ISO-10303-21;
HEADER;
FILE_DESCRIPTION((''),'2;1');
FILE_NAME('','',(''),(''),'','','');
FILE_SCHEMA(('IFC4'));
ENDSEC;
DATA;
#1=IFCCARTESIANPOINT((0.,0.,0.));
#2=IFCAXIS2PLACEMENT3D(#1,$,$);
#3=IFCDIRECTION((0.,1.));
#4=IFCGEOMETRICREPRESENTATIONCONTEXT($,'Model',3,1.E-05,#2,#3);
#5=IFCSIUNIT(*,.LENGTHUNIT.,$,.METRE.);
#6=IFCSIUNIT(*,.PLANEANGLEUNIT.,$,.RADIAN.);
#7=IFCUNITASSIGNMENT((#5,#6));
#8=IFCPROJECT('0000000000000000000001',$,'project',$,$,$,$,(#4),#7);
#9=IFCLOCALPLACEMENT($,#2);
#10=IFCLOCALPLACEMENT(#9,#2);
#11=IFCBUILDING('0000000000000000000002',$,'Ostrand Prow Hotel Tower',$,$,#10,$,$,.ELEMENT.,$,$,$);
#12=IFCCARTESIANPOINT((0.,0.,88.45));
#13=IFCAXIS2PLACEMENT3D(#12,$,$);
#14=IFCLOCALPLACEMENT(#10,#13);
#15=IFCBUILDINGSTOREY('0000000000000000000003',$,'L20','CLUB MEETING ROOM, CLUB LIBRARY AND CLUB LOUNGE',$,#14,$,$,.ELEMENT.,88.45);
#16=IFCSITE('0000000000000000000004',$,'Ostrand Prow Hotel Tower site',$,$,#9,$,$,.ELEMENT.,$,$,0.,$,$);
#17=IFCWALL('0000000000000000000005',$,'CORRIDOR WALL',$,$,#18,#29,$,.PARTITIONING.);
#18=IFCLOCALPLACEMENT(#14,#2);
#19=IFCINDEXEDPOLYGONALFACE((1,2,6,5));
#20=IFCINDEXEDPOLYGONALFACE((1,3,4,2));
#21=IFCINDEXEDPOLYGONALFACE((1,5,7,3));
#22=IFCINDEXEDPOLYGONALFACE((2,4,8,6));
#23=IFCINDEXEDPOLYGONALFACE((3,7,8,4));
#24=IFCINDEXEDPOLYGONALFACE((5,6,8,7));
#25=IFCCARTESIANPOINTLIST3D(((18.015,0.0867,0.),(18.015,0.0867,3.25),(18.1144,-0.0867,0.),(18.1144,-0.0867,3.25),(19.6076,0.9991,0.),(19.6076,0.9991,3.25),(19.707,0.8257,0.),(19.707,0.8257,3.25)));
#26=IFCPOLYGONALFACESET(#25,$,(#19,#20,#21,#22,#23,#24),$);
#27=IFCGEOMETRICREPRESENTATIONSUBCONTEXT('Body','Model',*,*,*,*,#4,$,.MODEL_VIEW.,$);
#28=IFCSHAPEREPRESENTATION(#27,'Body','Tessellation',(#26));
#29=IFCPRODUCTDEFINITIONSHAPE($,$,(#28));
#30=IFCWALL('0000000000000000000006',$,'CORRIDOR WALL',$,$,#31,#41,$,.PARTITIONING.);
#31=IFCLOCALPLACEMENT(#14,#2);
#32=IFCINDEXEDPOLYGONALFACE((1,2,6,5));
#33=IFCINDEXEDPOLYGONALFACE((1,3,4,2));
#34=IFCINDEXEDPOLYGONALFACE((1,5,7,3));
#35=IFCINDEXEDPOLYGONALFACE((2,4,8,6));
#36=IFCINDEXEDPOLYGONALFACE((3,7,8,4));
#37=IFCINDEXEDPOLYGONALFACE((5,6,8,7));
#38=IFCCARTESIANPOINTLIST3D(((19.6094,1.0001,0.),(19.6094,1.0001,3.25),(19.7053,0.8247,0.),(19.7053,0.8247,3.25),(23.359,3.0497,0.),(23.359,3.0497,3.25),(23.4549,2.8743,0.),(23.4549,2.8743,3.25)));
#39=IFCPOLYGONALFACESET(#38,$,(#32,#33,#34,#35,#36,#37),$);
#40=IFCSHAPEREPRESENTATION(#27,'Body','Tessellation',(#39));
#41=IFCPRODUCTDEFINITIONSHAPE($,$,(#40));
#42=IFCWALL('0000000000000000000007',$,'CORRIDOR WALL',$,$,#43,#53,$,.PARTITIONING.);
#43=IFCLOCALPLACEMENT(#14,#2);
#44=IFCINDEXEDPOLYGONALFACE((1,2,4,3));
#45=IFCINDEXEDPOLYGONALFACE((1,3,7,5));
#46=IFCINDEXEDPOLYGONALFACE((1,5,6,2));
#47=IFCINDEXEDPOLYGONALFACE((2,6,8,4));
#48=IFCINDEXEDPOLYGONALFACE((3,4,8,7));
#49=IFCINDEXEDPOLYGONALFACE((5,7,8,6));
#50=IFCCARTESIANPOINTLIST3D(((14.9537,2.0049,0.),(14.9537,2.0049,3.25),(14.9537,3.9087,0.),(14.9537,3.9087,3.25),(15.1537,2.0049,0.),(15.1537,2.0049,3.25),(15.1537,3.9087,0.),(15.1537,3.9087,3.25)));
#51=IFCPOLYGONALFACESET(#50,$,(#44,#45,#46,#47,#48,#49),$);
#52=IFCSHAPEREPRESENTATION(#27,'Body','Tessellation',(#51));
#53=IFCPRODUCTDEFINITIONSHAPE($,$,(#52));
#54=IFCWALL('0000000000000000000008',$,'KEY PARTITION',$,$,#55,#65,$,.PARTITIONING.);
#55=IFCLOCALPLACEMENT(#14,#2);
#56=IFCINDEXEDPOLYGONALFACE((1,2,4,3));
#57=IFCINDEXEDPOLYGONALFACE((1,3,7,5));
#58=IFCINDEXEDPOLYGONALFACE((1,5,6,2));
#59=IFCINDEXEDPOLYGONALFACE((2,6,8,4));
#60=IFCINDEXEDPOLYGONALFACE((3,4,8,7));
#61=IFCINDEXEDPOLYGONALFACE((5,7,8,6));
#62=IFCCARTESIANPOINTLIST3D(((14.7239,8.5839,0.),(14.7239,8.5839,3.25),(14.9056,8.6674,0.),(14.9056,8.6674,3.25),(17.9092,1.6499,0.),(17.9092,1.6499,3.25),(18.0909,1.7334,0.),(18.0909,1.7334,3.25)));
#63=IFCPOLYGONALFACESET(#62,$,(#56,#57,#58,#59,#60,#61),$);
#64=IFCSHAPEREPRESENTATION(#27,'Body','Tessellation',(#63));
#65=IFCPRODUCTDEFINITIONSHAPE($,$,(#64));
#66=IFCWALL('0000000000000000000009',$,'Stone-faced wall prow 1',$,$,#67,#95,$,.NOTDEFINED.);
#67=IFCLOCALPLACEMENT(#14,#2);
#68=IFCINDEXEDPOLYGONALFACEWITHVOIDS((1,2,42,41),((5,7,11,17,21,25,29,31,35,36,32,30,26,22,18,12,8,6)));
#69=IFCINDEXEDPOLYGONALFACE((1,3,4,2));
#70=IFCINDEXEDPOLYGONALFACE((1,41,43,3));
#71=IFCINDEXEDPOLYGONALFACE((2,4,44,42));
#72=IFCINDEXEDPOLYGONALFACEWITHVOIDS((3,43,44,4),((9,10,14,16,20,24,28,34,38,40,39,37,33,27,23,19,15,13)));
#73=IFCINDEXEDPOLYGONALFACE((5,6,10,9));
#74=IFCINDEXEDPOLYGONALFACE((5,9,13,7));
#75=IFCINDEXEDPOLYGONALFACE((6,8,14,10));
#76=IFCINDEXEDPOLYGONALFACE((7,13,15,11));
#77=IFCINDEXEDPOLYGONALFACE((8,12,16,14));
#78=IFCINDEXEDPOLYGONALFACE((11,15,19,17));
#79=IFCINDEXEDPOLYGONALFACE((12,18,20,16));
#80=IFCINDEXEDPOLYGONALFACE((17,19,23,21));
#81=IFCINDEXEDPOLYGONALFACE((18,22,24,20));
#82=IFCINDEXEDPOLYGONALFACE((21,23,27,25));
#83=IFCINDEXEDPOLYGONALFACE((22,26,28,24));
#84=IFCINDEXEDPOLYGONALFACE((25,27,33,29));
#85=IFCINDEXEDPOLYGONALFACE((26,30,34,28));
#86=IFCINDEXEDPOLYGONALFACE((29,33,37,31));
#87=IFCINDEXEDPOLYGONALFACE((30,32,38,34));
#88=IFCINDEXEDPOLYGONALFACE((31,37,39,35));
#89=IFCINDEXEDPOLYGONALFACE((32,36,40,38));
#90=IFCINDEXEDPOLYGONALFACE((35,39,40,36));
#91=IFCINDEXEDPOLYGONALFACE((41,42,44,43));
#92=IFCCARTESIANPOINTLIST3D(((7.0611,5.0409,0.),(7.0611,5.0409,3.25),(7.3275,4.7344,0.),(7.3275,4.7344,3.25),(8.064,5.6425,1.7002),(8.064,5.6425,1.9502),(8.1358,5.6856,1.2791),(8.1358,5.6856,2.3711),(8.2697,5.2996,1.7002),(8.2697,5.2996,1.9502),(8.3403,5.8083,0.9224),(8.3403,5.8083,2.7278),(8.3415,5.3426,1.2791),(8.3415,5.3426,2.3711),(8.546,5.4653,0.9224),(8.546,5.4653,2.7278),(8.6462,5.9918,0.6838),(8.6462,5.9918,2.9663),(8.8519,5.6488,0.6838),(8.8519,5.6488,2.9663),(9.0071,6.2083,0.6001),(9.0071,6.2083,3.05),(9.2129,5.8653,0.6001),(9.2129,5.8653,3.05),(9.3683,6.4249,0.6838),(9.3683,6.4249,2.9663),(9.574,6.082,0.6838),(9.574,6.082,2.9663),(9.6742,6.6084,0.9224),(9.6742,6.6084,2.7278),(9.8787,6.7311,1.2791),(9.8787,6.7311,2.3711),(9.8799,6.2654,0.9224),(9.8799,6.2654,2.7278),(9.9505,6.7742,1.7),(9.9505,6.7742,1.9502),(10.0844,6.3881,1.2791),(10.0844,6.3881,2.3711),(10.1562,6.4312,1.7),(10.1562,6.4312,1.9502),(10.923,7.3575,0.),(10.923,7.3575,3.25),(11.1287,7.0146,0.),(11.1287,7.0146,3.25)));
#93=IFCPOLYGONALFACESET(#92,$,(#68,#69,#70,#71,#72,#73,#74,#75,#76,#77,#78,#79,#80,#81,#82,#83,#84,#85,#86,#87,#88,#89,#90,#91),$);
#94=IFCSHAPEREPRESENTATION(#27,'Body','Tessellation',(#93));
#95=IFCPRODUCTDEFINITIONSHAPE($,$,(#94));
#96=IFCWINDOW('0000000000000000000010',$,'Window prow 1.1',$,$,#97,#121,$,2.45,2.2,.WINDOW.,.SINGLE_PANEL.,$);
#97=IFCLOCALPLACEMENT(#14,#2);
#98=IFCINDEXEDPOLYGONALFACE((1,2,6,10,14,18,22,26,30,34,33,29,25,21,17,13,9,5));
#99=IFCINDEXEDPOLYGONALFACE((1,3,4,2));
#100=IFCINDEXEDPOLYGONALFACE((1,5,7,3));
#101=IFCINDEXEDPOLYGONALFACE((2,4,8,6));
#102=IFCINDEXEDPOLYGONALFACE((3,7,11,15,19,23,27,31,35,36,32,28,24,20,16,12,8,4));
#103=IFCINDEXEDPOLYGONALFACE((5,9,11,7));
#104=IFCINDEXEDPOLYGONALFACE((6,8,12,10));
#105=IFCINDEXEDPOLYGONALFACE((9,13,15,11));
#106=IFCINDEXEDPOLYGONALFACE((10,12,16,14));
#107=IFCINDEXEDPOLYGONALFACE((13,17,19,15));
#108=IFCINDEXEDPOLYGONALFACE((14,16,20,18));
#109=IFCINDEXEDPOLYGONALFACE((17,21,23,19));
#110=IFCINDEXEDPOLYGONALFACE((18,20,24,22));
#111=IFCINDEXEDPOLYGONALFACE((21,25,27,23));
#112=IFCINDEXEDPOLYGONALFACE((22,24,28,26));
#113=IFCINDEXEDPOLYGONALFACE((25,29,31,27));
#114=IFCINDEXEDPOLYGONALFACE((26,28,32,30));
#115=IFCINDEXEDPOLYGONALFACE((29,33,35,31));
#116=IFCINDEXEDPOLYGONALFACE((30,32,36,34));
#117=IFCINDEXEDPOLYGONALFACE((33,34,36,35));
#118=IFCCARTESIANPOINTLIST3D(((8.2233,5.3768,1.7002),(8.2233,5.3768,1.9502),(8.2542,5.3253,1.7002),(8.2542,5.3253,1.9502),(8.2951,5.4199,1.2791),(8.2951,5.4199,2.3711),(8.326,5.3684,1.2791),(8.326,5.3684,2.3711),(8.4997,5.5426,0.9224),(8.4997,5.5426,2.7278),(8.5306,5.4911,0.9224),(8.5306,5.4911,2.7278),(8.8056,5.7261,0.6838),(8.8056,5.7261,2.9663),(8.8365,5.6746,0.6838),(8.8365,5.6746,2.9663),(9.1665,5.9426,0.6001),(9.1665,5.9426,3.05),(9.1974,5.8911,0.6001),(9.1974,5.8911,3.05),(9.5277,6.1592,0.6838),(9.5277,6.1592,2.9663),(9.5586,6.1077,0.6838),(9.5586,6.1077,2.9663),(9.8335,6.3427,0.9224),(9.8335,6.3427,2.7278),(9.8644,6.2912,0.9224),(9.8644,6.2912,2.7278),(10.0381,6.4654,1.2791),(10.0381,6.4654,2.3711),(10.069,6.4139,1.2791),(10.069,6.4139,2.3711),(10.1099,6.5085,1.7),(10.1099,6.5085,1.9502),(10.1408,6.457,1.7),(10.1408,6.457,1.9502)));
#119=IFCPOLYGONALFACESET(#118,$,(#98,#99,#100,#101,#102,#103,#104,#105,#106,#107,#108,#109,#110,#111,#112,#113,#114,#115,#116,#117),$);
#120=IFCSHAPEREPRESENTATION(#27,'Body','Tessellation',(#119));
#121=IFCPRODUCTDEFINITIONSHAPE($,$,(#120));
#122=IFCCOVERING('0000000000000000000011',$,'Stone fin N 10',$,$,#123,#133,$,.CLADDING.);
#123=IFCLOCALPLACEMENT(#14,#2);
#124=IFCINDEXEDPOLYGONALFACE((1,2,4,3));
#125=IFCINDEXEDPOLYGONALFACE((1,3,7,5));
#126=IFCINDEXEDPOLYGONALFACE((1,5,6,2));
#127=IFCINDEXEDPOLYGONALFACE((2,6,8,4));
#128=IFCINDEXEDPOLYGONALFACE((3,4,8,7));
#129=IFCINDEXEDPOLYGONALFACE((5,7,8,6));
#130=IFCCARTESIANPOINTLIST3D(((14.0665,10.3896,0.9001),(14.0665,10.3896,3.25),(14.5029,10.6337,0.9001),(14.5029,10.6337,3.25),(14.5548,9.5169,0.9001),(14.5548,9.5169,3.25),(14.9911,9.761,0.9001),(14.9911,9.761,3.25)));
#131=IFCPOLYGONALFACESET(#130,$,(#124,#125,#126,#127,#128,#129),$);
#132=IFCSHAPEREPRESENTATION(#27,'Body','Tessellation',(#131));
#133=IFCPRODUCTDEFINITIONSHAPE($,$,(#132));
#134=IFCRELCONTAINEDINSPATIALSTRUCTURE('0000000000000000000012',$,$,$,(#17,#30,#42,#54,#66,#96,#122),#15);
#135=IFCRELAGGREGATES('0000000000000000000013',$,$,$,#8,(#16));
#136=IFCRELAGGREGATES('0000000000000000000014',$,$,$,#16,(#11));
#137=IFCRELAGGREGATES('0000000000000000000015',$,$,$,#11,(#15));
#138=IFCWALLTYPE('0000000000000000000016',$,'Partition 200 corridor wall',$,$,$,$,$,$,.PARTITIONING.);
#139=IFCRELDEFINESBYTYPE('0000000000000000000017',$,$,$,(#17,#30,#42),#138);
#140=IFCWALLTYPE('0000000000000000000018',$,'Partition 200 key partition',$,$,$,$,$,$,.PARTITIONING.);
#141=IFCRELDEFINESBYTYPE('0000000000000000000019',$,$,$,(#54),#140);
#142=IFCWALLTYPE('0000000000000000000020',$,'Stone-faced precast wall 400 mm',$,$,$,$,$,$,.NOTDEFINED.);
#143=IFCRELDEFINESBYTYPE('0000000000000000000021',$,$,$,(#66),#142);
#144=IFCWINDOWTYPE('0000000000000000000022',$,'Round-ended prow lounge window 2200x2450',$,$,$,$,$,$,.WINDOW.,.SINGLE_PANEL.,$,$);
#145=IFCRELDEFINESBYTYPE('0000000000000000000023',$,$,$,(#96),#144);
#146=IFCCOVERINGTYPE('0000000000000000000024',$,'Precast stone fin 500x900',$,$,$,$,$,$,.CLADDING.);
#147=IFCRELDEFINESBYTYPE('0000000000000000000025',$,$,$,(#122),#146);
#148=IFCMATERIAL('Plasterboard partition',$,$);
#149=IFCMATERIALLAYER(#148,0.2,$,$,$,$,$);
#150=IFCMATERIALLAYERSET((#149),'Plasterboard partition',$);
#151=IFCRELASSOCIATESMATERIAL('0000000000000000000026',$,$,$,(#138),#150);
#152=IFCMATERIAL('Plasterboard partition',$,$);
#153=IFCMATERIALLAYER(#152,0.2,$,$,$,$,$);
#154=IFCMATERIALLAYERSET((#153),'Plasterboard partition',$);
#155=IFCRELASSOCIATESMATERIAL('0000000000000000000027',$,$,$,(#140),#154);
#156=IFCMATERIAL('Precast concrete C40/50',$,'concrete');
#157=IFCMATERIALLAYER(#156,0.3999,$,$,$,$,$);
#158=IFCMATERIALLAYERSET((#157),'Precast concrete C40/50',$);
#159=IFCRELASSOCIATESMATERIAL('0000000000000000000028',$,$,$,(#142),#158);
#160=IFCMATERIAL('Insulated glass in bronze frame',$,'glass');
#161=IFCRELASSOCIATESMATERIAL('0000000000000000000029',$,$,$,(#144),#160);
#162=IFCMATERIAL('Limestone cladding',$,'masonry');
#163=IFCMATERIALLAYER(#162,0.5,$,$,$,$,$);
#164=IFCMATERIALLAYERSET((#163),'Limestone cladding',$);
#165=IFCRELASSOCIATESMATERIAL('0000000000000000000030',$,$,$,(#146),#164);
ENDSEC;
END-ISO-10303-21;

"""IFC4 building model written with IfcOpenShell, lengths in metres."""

from ifc_helpers import new_model, si_unit, direction, frame, frame_2d, origin, place, context, subcontext, project, spatial, polyline, rectangle, outline, extrude, material, layer, layer_set, type_object, element, fill, save


model = new_model("IFC4")

# Units and contexts
model_context = context("Model", 3, precision=1e-05, world=origin(), true_north=direction((0.0, 1.0)))
body_context = subcontext(model_context, "Body", "Model", "MODEL_VIEW")
ifc_project = project(units=[si_unit("LENGTHUNIT", "METRE"), si_unit("PLANEANGLEUNIT", "RADIAN")], contexts=[model_context])

# Site, building, storey
site_placement = place(None, origin())
site = spatial("IfcSite", under=ifc_project, at=site_placement, Name="Ostrand Prow Hotel Tower site", CompositionType="ELEMENT", RefElevation=0.0)
building_placement = place(site_placement, origin())
building = spatial("IfcBuilding", under=site, at=building_placement, Name="Ostrand Prow Hotel Tower", CompositionType="ELEMENT")
storey_placement = place(building_placement, frame((0.0, 0.0, 88.45)))
storey = spatial("IfcBuildingStorey", under=building, at=storey_placement, Name="L20", Description="CLUB MEETING ROOM, CLUB LIBRARY AND CLUB LOUNGE", CompositionType="ELEMENT", Elevation=88.45)

# Shared definitions
ifc_material_1 = material(Name="Plasterboard partition")
ifc_layer_1 = layer(ifc_material_1, 0.2)
ifc_layer_set_1 = layer_set([ifc_layer_1], Name="Plasterboard partition")
wall_type_1 = type_object("IfcWallType", Name="Partition 200 corridor wall", PredefinedType="PARTITIONING", material=ifc_layer_set_1)

# Walls
wall_1_placement = place(storey_placement, frame((18.0647, 0.0, 0.0), z_axis=(0.0, 0.0, 1.0), x_axis=(0.867694, 0.497098, 0.0)))
element("IfcWall", 1, at=wall_1_placement, inside=storey, type_object=wall_type_1, Name="CORRIDOR WALL", PredefinedType="PARTITIONING", context=body_context, shape_type="SweptSolid", body=[
    extrude(rectangle(XDim=1.8354, YDim=0.2, at=frame_2d((0.9177, 0.0))), origin(), (0.0, 0.0, 1.0), 3.25),
])
wall_2_placement = place(storey_placement, frame((19.6572, 0.9124, 0.0), z_axis=(0.0, 0.0, 1.0), x_axis=(0.877465, 0.479641, 0.0)))
element("IfcWall", 2, at=wall_2_placement, inside=storey, type_object=wall_type_1, Name="CORRIDOR WALL", PredefinedType="PARTITIONING", context=body_context, shape_type="SweptSolid", body=[
    extrude(rectangle(XDim=4.2732, YDim=0.2, at=frame_2d((2.1367, 0.0))), origin(), (0.0, 0.0, 1.0), 3.25),
])
wall_3_placement = place(storey_placement, frame((15.0537, 3.9087, 0.0), z_axis=(0.0, 0.0, 1.0), x_axis=(0.0, -1.0, 0.0)))
element("IfcWall", 3, at=wall_3_placement, inside=storey, type_object=wall_type_1, Name="CORRIDOR WALL", PredefinedType="PARTITIONING", context=body_context, shape_type="SweptSolid", body=[
    extrude(rectangle(XDim=1.9038, YDim=0.2, at=frame_2d((0.9519, 0.0))), origin(), (0.0, 0.0, 1.0), 3.25),
])
ifc_material_2 = material(Name="Plasterboard partition")
ifc_layer_2 = layer(ifc_material_2, 0.2)
ifc_layer_set_2 = layer_set([ifc_layer_2], Name="Plasterboard partition")
wall_type_2 = type_object("IfcWallType", Name="Partition 200 key partition", PredefinedType="PARTITIONING", material=ifc_layer_set_2)
wall_4_placement = place(storey_placement, frame((14.8147, 8.6257, 0.0), z_axis=(0.0, 0.0, 1.0), x_axis=(0.417432, -0.908708, 0.0)))
element("IfcWall", 4, at=wall_4_placement, inside=storey, type_object=wall_type_2, Name="KEY PARTITION", PredefinedType="PARTITIONING", context=body_context, shape_type="SweptSolid", body=[
    extrude(rectangle(XDim=7.6306, YDim=0.2, at=frame_2d((3.8154, 0.0))), origin(), (0.0, 0.0, 1.0), 3.25),
])

# Wall, opening, window
ifc_material_3 = material(Name="Precast concrete C40/50", Category="concrete")
ifc_layer_3 = layer(ifc_material_3, 0.3999)
ifc_layer_set_3 = layer_set([ifc_layer_3], Name="Precast concrete C40/50")
wall_type_3 = type_object("IfcWallType", Name="Stone-faced precast wall 400 mm", PredefinedType="NOTDEFINED", material=ifc_layer_set_3)
wall_5_placement = place(storey_placement, frame((11.0259, 7.186, 0.0), z_axis=(0.0, 0.0, 1.0), x_axis=(-0.857551, -0.514399, 0.0)))
wall_5 = element("IfcWall", 5, at=wall_5_placement, inside=storey, type_object=wall_type_3, Name="Stone-faced wall prow 1", PredefinedType="NOTDEFINED", context=body_context, shape_type="SweptSolid", body=[
    extrude(outline(polyline([(0.0, -0.2), (4.5034, -0.2), (4.4326, 0.2), (0.0, 0.2), (0.0, -0.2)])), origin(), (0.0, 0.0, 1.0), 3.25),
])
opening_1_placement = place(wall_5_placement, frame((1.134, 0.0, 0.6001)))
opening_1 = element("IfcOpeningElement", 6, at=opening_1_placement, cuts=wall_5, PredefinedType="OPENING", context=body_context, shape_type="SweptSolid", body=[
    extrude(outline(polyline([(0.0, 1.3501), (0.0837, 1.771), (0.3223, 2.1277), (0.679, 2.3662), (1.1001, 2.45), (1.521, 2.3662), (1.8777, 2.1277), (2.1162, 1.771), (2.2, 1.3501), (2.2, 1.1001), (2.1162, 0.679), (1.8777, 0.3223), (1.521, 0.0837), (1.1001, 0.0), (0.679, 0.0837), (0.3223, 0.3223), (0.0837, 0.679), (0.0, 1.0999), (0.0, 1.3501)])), frame((0.0, 0.21, 0.0), z_axis=(0.0, -1.0, 0.0), x_axis=(1.0, 0.0, 0.0)), (0.0, 0.0, 1.0), 0.4199),
])
ifc_material_4 = material(Name="Insulated glass in bronze frame", Category="glass")
window_type = type_object("IfcWindowType", Name="Round-ended prow lounge window 2200x2450", PartitioningType="SINGLE_PANEL", PredefinedType="WINDOW", material=ifc_material_4)
window_placement = place(opening_1_placement, origin())
window = element("IfcWindow", 7, at=window_placement, inside=storey, type_object=window_type, Name="Window prow 1.1", OverallHeight=2.45, OverallWidth=2.2, PartitioningType="SINGLE_PANEL", PredefinedType="WINDOW", context=body_context, shape_type="SweptSolid", body=[
    extrude(outline(polyline([(0.0, 1.3501), (0.0837, 1.771), (0.3223, 2.1277), (0.679, 2.3662), (1.1001, 2.45), (1.521, 2.3662), (1.8777, 2.1277), (2.1162, 1.771), (2.2, 1.3501), (2.2, 1.1001), (2.1162, 0.679), (1.8777, 0.3223), (1.521, 0.0837), (1.1001, 0.0), (0.679, 0.0837), (0.3223, 0.3223), (0.0837, 0.679), (0.0, 1.0999), (0.0, 1.3501)])), frame((0.0, 0.1699, 0.0), z_axis=(0.0, -1.0, 0.0), x_axis=(1.0, 0.0, 0.0)), (0.0, 0.0, 1.0), 0.0601),
])
fill(opening_1, window)

# Covering
ifc_material_5 = material(Name="Limestone cladding", Category="masonry")
ifc_layer_4 = layer(ifc_material_5, 0.5)
ifc_layer_set_4 = layer_set([ifc_layer_4], Name="Limestone cladding")
covering_type = type_object("IfcCoveringType", Name="Precast stone fin 500x900", PredefinedType="CLADDING", material=ifc_layer_set_4)
covering_placement = place(storey_placement, frame((14.7729, 9.6389, 0.9001), z_axis=(0.0, 0.0, 1.0), x_axis=(-0.488232, 0.872714, 0.0)))
element("IfcCovering", 8, at=covering_placement, inside=storey, type_object=covering_type, Name="Stone fin N 10", PredefinedType="CLADDING", context=body_context, shape_type="SweptSolid", body=[
    extrude(rectangle(XDim=1.0, YDim=0.5, at=frame_2d((0.5, 0.0))), origin(), (0.0, 0.0, 1.0), 2.3499),
])

save(model, "model.ifc")
